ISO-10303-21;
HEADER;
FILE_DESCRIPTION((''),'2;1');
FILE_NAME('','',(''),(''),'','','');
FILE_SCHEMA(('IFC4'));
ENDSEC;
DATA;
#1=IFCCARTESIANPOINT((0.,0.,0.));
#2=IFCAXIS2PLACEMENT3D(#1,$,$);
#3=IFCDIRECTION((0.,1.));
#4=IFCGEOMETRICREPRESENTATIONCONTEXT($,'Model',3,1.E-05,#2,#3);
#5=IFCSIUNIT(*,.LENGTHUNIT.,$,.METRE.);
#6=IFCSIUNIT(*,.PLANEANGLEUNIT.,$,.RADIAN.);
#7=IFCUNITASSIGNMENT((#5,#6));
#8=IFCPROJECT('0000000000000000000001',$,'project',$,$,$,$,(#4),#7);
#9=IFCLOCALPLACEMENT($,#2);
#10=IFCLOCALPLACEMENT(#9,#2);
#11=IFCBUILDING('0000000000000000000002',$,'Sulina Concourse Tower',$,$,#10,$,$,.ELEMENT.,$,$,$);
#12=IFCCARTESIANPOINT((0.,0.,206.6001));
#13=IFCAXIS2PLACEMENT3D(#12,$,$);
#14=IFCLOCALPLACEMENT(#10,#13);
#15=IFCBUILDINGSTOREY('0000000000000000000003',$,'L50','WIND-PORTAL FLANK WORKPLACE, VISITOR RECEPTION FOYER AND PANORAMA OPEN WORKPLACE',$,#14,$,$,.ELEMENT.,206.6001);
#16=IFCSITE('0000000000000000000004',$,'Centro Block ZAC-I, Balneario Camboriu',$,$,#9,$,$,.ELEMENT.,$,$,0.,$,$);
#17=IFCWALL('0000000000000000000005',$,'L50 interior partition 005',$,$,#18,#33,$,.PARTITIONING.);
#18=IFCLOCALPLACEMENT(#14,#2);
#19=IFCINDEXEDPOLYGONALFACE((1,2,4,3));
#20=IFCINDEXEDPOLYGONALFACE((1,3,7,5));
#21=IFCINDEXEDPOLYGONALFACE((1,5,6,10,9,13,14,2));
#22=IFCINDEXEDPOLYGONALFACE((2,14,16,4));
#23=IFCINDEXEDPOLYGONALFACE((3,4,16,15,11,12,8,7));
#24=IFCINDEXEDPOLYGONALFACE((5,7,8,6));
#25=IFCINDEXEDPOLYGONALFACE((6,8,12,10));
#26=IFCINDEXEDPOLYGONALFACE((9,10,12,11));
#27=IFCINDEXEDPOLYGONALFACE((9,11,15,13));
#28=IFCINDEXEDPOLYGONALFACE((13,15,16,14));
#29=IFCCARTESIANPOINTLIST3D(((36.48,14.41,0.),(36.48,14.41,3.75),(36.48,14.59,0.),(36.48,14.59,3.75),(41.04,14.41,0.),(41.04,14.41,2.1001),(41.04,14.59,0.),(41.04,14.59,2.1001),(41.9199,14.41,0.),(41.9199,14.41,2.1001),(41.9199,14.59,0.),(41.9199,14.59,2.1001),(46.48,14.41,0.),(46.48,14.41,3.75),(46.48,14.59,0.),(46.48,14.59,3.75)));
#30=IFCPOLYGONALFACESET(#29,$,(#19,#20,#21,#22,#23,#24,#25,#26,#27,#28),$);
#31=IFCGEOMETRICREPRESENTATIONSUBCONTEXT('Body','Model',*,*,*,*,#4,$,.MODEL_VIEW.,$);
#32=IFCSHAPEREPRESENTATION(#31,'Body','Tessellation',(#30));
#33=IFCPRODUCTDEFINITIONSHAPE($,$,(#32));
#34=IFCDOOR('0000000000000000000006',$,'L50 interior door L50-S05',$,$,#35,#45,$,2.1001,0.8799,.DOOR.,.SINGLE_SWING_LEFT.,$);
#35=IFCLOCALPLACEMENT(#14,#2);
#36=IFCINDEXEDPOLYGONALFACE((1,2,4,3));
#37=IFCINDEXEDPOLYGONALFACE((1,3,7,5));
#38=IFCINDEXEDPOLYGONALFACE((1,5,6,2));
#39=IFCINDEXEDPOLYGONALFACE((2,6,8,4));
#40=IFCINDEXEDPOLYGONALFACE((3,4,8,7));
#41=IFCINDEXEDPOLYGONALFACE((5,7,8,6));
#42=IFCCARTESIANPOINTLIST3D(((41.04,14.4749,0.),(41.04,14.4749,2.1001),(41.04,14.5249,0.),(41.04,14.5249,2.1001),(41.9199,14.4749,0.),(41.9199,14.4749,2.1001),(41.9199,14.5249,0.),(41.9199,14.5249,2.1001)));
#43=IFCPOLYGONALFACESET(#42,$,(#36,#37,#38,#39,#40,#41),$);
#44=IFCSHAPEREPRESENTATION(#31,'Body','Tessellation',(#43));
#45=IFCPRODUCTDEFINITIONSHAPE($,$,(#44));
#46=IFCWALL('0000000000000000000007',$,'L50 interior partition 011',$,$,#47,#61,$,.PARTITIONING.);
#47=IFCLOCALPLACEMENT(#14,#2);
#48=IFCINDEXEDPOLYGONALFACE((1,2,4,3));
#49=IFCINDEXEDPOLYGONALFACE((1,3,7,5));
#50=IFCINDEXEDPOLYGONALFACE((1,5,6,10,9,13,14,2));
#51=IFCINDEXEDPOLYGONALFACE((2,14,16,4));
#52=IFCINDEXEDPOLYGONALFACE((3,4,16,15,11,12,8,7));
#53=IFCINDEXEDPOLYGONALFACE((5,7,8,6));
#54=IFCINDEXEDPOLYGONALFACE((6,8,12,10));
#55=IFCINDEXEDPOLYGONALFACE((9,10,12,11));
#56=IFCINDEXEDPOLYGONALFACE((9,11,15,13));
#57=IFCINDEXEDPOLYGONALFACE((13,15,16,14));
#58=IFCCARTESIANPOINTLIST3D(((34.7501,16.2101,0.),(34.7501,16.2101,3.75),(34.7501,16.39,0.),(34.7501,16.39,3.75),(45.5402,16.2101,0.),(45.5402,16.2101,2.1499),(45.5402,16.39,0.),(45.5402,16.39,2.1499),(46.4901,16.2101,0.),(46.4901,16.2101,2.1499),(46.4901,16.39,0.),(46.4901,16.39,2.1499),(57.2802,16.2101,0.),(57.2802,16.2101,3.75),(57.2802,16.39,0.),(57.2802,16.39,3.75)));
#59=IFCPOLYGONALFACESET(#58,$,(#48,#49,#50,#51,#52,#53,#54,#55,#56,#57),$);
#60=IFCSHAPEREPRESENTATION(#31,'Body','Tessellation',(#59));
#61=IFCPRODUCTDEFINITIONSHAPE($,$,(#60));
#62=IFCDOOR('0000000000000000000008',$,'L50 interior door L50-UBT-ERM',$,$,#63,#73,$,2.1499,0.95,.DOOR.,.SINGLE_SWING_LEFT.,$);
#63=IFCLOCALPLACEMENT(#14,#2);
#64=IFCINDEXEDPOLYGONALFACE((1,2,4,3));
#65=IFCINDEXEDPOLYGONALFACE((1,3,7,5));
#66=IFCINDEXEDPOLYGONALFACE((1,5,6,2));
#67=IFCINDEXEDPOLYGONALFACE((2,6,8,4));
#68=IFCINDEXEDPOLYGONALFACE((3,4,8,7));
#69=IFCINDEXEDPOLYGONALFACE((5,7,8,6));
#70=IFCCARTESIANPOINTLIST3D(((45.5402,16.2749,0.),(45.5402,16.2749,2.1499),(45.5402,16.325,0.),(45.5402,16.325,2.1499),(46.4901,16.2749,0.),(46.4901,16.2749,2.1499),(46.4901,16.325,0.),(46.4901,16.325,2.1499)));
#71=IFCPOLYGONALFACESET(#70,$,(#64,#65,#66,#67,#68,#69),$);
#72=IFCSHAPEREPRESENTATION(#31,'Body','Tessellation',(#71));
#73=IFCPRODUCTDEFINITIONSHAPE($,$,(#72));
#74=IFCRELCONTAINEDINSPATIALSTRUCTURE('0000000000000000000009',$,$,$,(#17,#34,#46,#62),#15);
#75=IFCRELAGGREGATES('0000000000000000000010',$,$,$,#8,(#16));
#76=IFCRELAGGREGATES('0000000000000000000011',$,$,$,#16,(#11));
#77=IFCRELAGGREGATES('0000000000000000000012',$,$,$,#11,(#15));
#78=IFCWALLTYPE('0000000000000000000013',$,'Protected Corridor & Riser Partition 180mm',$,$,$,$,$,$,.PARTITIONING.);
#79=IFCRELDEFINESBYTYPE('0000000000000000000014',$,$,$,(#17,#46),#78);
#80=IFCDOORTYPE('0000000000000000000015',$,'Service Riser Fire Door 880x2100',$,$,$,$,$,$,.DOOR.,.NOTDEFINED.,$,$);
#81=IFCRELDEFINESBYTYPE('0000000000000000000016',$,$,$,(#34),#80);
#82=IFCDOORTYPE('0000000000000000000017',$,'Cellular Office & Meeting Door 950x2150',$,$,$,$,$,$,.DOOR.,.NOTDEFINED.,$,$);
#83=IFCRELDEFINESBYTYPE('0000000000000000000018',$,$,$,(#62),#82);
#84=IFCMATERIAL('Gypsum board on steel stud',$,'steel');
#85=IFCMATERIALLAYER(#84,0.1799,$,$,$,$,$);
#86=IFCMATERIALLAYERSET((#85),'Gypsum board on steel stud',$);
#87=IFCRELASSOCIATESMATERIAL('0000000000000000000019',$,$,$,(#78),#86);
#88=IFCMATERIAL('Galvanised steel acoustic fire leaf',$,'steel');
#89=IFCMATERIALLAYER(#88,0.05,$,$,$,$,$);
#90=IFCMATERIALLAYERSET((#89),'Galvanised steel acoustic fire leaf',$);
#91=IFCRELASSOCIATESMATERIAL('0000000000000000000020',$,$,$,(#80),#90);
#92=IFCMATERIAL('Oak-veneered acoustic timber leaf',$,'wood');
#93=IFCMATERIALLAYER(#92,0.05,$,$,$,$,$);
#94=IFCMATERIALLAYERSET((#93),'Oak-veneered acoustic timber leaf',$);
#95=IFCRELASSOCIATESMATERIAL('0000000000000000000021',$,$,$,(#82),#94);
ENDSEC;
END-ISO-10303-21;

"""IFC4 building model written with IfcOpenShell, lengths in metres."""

from ifc_helpers import new_model, si_unit, direction, frame, frame_2d, origin, place, context, subcontext, project, spatial, rectangle, extrude, material, layer, layer_set, type_object, element, fill, save


model = new_model("IFC4")

# Units and contexts
model_context = context("Model", 3, precision=1e-05, world=origin(), true_north=direction((0.0, 1.0)))
body_context = subcontext(model_context, "Body", "Model", "MODEL_VIEW")
ifc_project = project(units=[si_unit("LENGTHUNIT", "METRE"), si_unit("PLANEANGLEUNIT", "RADIAN")], contexts=[model_context])

# Site, building, storey
site_placement = place(None, origin())
site = spatial("IfcSite", under=ifc_project, at=site_placement, Name="Centro Block ZAC-I, Balneario Camboriu", CompositionType="ELEMENT", RefElevation=0.0)
building_placement = place(site_placement, origin())
building = spatial("IfcBuilding", under=site, at=building_placement, Name="Sulina Concourse Tower", CompositionType="ELEMENT")
storey_placement = place(building_placement, frame((0.0, 0.0, 206.6001)))
storey = spatial("IfcBuildingStorey", under=building, at=storey_placement, Name="L50", Description="WIND-PORTAL FLANK WORKPLACE, VISITOR RECEPTION FOYER AND PANORAMA OPEN WORKPLACE", CompositionType="ELEMENT", Elevation=206.6001)

# Walls, openings, doors
ifc_material_1 = material(Name="Gypsum board on steel stud", Category="steel")
ifc_layer_1 = layer(ifc_material_1, 0.1799)
ifc_layer_set_1 = layer_set([ifc_layer_1], Name="Gypsum board on steel stud")
wall_type_1 = type_object("IfcWallType", Name="Protected Corridor & Riser Partition 180mm", PredefinedType="PARTITIONING", material=ifc_layer_set_1)
wall_1_placement = place(storey_placement, frame((36.48, 14.5, 0.0), z_axis=(0.0, 0.0, 1.0), x_axis=(1.0, 0.0, 0.0)))
wall_1 = element("IfcWall", 1, at=wall_1_placement, inside=storey, type_object=wall_type_1, Name="L50 interior partition 005", PredefinedType="PARTITIONING", context=body_context, shape_type="SweptSolid", body=[
    extrude(rectangle(XDim=10.0, YDim=0.1799, at=frame_2d((5.0, 0.0))), origin(), (0.0, 0.0, 1.0), 3.75),
])
opening_1_placement = place(wall_1_placement, frame((4.5601, 0.0, 0.0)))
opening_1 = element("IfcOpeningElement", 2, at=opening_1_placement, cuts=wall_1, PredefinedType="OPENING", context=body_context, shape_type="SweptSolid", body=[
    extrude(rectangle(XDim=0.8799, YDim=2.1001, at=frame_2d((0.4399, 1.05))), frame((0.0, 0.0999, 0.0), z_axis=(0.0, -1.0, 0.0), x_axis=(1.0, 0.0, 0.0)), (0.0, 0.0, 1.0), 0.2),
])
ifc_material_2 = material(Name="Galvanised steel acoustic fire leaf", Category="steel")
ifc_layer_2 = layer(ifc_material_2, 0.05)
ifc_layer_set_2 = layer_set([ifc_layer_2], Name="Galvanised steel acoustic fire leaf")
door_type_1 = type_object("IfcDoorType", Name="Service Riser Fire Door 880x2100", OperationType="NOTDEFINED", PredefinedType="DOOR", material=ifc_layer_set_2)
door_1_placement = place(opening_1_placement, origin())
door_1 = element("IfcDoor", 3, at=door_1_placement, inside=storey, type_object=door_type_1, Name="L50 interior door L50-S05", OperationType="SINGLE_SWING_LEFT", OverallHeight=2.1001, OverallWidth=0.8799, PredefinedType="DOOR", context=body_context, shape_type="SweptSolid", body=[
    extrude(rectangle(XDim=0.8799, YDim=2.1001, at=frame_2d((0.4399, 1.05))), frame((0.0, 0.0249, 0.0), z_axis=(0.0, -1.0, 0.0), x_axis=(1.0, 0.0, 0.0)), (0.0, 0.0, 1.0), 0.05),
])
fill(opening_1, door_1)
wall_2_placement = place(storey_placement, frame((34.75, 16.3, 0.0), z_axis=(0.0, 0.0, 1.0), x_axis=(1.0, 0.0, 0.0)))
wall_2 = element("IfcWall", 4, at=wall_2_placement, inside=storey, type_object=wall_type_1, Name="L50 interior partition 011", PredefinedType="PARTITIONING", context=body_context, shape_type="SweptSolid", body=[
    extrude(rectangle(XDim=22.53, YDim=0.1799, at=frame_2d((11.2651, 0.0))), origin(), (0.0, 0.0, 1.0), 3.75),
])
opening_2_placement = place(wall_2_placement, frame((10.79, 0.0, 0.0)))
opening_2 = element("IfcOpeningElement", 5, at=opening_2_placement, cuts=wall_2, PredefinedType="OPENING", context=body_context, shape_type="SweptSolid", body=[
    extrude(rectangle(XDim=0.95, YDim=2.1499, at=frame_2d((0.4751, 1.075))), frame((0.0, 0.0999, 0.0), z_axis=(0.0, -1.0, 0.0), x_axis=(1.0, 0.0, 0.0)), (0.0, 0.0, 1.0), 0.2),
])
ifc_material_3 = material(Name="Oak-veneered acoustic timber leaf", Category="wood")
ifc_layer_3 = layer(ifc_material_3, 0.05)
ifc_layer_set_3 = layer_set([ifc_layer_3], Name="Oak-veneered acoustic timber leaf")
door_type_2 = type_object("IfcDoorType", Name="Cellular Office & Meeting Door 950x2150", OperationType="NOTDEFINED", PredefinedType="DOOR", material=ifc_layer_set_3)
door_2_placement = place(opening_2_placement, origin())
door_2 = element("IfcDoor", 6, at=door_2_placement, inside=storey, type_object=door_type_2, Name="L50 interior door L50-UBT-ERM", OperationType="SINGLE_SWING_LEFT", OverallHeight=2.1499, OverallWidth=0.95, PredefinedType="DOOR", context=body_context, shape_type="SweptSolid", body=[
    extrude(rectangle(XDim=0.95, YDim=2.1499, at=frame_2d((0.4751, 1.075))), frame((0.0, 0.0249, 0.0), z_axis=(0.0, -1.0, 0.0), x_axis=(1.0, 0.0, 0.0)), (0.0, 0.0, 1.0), 0.05),
])
fill(opening_2, door_2)

save(model, "model.ifc")
